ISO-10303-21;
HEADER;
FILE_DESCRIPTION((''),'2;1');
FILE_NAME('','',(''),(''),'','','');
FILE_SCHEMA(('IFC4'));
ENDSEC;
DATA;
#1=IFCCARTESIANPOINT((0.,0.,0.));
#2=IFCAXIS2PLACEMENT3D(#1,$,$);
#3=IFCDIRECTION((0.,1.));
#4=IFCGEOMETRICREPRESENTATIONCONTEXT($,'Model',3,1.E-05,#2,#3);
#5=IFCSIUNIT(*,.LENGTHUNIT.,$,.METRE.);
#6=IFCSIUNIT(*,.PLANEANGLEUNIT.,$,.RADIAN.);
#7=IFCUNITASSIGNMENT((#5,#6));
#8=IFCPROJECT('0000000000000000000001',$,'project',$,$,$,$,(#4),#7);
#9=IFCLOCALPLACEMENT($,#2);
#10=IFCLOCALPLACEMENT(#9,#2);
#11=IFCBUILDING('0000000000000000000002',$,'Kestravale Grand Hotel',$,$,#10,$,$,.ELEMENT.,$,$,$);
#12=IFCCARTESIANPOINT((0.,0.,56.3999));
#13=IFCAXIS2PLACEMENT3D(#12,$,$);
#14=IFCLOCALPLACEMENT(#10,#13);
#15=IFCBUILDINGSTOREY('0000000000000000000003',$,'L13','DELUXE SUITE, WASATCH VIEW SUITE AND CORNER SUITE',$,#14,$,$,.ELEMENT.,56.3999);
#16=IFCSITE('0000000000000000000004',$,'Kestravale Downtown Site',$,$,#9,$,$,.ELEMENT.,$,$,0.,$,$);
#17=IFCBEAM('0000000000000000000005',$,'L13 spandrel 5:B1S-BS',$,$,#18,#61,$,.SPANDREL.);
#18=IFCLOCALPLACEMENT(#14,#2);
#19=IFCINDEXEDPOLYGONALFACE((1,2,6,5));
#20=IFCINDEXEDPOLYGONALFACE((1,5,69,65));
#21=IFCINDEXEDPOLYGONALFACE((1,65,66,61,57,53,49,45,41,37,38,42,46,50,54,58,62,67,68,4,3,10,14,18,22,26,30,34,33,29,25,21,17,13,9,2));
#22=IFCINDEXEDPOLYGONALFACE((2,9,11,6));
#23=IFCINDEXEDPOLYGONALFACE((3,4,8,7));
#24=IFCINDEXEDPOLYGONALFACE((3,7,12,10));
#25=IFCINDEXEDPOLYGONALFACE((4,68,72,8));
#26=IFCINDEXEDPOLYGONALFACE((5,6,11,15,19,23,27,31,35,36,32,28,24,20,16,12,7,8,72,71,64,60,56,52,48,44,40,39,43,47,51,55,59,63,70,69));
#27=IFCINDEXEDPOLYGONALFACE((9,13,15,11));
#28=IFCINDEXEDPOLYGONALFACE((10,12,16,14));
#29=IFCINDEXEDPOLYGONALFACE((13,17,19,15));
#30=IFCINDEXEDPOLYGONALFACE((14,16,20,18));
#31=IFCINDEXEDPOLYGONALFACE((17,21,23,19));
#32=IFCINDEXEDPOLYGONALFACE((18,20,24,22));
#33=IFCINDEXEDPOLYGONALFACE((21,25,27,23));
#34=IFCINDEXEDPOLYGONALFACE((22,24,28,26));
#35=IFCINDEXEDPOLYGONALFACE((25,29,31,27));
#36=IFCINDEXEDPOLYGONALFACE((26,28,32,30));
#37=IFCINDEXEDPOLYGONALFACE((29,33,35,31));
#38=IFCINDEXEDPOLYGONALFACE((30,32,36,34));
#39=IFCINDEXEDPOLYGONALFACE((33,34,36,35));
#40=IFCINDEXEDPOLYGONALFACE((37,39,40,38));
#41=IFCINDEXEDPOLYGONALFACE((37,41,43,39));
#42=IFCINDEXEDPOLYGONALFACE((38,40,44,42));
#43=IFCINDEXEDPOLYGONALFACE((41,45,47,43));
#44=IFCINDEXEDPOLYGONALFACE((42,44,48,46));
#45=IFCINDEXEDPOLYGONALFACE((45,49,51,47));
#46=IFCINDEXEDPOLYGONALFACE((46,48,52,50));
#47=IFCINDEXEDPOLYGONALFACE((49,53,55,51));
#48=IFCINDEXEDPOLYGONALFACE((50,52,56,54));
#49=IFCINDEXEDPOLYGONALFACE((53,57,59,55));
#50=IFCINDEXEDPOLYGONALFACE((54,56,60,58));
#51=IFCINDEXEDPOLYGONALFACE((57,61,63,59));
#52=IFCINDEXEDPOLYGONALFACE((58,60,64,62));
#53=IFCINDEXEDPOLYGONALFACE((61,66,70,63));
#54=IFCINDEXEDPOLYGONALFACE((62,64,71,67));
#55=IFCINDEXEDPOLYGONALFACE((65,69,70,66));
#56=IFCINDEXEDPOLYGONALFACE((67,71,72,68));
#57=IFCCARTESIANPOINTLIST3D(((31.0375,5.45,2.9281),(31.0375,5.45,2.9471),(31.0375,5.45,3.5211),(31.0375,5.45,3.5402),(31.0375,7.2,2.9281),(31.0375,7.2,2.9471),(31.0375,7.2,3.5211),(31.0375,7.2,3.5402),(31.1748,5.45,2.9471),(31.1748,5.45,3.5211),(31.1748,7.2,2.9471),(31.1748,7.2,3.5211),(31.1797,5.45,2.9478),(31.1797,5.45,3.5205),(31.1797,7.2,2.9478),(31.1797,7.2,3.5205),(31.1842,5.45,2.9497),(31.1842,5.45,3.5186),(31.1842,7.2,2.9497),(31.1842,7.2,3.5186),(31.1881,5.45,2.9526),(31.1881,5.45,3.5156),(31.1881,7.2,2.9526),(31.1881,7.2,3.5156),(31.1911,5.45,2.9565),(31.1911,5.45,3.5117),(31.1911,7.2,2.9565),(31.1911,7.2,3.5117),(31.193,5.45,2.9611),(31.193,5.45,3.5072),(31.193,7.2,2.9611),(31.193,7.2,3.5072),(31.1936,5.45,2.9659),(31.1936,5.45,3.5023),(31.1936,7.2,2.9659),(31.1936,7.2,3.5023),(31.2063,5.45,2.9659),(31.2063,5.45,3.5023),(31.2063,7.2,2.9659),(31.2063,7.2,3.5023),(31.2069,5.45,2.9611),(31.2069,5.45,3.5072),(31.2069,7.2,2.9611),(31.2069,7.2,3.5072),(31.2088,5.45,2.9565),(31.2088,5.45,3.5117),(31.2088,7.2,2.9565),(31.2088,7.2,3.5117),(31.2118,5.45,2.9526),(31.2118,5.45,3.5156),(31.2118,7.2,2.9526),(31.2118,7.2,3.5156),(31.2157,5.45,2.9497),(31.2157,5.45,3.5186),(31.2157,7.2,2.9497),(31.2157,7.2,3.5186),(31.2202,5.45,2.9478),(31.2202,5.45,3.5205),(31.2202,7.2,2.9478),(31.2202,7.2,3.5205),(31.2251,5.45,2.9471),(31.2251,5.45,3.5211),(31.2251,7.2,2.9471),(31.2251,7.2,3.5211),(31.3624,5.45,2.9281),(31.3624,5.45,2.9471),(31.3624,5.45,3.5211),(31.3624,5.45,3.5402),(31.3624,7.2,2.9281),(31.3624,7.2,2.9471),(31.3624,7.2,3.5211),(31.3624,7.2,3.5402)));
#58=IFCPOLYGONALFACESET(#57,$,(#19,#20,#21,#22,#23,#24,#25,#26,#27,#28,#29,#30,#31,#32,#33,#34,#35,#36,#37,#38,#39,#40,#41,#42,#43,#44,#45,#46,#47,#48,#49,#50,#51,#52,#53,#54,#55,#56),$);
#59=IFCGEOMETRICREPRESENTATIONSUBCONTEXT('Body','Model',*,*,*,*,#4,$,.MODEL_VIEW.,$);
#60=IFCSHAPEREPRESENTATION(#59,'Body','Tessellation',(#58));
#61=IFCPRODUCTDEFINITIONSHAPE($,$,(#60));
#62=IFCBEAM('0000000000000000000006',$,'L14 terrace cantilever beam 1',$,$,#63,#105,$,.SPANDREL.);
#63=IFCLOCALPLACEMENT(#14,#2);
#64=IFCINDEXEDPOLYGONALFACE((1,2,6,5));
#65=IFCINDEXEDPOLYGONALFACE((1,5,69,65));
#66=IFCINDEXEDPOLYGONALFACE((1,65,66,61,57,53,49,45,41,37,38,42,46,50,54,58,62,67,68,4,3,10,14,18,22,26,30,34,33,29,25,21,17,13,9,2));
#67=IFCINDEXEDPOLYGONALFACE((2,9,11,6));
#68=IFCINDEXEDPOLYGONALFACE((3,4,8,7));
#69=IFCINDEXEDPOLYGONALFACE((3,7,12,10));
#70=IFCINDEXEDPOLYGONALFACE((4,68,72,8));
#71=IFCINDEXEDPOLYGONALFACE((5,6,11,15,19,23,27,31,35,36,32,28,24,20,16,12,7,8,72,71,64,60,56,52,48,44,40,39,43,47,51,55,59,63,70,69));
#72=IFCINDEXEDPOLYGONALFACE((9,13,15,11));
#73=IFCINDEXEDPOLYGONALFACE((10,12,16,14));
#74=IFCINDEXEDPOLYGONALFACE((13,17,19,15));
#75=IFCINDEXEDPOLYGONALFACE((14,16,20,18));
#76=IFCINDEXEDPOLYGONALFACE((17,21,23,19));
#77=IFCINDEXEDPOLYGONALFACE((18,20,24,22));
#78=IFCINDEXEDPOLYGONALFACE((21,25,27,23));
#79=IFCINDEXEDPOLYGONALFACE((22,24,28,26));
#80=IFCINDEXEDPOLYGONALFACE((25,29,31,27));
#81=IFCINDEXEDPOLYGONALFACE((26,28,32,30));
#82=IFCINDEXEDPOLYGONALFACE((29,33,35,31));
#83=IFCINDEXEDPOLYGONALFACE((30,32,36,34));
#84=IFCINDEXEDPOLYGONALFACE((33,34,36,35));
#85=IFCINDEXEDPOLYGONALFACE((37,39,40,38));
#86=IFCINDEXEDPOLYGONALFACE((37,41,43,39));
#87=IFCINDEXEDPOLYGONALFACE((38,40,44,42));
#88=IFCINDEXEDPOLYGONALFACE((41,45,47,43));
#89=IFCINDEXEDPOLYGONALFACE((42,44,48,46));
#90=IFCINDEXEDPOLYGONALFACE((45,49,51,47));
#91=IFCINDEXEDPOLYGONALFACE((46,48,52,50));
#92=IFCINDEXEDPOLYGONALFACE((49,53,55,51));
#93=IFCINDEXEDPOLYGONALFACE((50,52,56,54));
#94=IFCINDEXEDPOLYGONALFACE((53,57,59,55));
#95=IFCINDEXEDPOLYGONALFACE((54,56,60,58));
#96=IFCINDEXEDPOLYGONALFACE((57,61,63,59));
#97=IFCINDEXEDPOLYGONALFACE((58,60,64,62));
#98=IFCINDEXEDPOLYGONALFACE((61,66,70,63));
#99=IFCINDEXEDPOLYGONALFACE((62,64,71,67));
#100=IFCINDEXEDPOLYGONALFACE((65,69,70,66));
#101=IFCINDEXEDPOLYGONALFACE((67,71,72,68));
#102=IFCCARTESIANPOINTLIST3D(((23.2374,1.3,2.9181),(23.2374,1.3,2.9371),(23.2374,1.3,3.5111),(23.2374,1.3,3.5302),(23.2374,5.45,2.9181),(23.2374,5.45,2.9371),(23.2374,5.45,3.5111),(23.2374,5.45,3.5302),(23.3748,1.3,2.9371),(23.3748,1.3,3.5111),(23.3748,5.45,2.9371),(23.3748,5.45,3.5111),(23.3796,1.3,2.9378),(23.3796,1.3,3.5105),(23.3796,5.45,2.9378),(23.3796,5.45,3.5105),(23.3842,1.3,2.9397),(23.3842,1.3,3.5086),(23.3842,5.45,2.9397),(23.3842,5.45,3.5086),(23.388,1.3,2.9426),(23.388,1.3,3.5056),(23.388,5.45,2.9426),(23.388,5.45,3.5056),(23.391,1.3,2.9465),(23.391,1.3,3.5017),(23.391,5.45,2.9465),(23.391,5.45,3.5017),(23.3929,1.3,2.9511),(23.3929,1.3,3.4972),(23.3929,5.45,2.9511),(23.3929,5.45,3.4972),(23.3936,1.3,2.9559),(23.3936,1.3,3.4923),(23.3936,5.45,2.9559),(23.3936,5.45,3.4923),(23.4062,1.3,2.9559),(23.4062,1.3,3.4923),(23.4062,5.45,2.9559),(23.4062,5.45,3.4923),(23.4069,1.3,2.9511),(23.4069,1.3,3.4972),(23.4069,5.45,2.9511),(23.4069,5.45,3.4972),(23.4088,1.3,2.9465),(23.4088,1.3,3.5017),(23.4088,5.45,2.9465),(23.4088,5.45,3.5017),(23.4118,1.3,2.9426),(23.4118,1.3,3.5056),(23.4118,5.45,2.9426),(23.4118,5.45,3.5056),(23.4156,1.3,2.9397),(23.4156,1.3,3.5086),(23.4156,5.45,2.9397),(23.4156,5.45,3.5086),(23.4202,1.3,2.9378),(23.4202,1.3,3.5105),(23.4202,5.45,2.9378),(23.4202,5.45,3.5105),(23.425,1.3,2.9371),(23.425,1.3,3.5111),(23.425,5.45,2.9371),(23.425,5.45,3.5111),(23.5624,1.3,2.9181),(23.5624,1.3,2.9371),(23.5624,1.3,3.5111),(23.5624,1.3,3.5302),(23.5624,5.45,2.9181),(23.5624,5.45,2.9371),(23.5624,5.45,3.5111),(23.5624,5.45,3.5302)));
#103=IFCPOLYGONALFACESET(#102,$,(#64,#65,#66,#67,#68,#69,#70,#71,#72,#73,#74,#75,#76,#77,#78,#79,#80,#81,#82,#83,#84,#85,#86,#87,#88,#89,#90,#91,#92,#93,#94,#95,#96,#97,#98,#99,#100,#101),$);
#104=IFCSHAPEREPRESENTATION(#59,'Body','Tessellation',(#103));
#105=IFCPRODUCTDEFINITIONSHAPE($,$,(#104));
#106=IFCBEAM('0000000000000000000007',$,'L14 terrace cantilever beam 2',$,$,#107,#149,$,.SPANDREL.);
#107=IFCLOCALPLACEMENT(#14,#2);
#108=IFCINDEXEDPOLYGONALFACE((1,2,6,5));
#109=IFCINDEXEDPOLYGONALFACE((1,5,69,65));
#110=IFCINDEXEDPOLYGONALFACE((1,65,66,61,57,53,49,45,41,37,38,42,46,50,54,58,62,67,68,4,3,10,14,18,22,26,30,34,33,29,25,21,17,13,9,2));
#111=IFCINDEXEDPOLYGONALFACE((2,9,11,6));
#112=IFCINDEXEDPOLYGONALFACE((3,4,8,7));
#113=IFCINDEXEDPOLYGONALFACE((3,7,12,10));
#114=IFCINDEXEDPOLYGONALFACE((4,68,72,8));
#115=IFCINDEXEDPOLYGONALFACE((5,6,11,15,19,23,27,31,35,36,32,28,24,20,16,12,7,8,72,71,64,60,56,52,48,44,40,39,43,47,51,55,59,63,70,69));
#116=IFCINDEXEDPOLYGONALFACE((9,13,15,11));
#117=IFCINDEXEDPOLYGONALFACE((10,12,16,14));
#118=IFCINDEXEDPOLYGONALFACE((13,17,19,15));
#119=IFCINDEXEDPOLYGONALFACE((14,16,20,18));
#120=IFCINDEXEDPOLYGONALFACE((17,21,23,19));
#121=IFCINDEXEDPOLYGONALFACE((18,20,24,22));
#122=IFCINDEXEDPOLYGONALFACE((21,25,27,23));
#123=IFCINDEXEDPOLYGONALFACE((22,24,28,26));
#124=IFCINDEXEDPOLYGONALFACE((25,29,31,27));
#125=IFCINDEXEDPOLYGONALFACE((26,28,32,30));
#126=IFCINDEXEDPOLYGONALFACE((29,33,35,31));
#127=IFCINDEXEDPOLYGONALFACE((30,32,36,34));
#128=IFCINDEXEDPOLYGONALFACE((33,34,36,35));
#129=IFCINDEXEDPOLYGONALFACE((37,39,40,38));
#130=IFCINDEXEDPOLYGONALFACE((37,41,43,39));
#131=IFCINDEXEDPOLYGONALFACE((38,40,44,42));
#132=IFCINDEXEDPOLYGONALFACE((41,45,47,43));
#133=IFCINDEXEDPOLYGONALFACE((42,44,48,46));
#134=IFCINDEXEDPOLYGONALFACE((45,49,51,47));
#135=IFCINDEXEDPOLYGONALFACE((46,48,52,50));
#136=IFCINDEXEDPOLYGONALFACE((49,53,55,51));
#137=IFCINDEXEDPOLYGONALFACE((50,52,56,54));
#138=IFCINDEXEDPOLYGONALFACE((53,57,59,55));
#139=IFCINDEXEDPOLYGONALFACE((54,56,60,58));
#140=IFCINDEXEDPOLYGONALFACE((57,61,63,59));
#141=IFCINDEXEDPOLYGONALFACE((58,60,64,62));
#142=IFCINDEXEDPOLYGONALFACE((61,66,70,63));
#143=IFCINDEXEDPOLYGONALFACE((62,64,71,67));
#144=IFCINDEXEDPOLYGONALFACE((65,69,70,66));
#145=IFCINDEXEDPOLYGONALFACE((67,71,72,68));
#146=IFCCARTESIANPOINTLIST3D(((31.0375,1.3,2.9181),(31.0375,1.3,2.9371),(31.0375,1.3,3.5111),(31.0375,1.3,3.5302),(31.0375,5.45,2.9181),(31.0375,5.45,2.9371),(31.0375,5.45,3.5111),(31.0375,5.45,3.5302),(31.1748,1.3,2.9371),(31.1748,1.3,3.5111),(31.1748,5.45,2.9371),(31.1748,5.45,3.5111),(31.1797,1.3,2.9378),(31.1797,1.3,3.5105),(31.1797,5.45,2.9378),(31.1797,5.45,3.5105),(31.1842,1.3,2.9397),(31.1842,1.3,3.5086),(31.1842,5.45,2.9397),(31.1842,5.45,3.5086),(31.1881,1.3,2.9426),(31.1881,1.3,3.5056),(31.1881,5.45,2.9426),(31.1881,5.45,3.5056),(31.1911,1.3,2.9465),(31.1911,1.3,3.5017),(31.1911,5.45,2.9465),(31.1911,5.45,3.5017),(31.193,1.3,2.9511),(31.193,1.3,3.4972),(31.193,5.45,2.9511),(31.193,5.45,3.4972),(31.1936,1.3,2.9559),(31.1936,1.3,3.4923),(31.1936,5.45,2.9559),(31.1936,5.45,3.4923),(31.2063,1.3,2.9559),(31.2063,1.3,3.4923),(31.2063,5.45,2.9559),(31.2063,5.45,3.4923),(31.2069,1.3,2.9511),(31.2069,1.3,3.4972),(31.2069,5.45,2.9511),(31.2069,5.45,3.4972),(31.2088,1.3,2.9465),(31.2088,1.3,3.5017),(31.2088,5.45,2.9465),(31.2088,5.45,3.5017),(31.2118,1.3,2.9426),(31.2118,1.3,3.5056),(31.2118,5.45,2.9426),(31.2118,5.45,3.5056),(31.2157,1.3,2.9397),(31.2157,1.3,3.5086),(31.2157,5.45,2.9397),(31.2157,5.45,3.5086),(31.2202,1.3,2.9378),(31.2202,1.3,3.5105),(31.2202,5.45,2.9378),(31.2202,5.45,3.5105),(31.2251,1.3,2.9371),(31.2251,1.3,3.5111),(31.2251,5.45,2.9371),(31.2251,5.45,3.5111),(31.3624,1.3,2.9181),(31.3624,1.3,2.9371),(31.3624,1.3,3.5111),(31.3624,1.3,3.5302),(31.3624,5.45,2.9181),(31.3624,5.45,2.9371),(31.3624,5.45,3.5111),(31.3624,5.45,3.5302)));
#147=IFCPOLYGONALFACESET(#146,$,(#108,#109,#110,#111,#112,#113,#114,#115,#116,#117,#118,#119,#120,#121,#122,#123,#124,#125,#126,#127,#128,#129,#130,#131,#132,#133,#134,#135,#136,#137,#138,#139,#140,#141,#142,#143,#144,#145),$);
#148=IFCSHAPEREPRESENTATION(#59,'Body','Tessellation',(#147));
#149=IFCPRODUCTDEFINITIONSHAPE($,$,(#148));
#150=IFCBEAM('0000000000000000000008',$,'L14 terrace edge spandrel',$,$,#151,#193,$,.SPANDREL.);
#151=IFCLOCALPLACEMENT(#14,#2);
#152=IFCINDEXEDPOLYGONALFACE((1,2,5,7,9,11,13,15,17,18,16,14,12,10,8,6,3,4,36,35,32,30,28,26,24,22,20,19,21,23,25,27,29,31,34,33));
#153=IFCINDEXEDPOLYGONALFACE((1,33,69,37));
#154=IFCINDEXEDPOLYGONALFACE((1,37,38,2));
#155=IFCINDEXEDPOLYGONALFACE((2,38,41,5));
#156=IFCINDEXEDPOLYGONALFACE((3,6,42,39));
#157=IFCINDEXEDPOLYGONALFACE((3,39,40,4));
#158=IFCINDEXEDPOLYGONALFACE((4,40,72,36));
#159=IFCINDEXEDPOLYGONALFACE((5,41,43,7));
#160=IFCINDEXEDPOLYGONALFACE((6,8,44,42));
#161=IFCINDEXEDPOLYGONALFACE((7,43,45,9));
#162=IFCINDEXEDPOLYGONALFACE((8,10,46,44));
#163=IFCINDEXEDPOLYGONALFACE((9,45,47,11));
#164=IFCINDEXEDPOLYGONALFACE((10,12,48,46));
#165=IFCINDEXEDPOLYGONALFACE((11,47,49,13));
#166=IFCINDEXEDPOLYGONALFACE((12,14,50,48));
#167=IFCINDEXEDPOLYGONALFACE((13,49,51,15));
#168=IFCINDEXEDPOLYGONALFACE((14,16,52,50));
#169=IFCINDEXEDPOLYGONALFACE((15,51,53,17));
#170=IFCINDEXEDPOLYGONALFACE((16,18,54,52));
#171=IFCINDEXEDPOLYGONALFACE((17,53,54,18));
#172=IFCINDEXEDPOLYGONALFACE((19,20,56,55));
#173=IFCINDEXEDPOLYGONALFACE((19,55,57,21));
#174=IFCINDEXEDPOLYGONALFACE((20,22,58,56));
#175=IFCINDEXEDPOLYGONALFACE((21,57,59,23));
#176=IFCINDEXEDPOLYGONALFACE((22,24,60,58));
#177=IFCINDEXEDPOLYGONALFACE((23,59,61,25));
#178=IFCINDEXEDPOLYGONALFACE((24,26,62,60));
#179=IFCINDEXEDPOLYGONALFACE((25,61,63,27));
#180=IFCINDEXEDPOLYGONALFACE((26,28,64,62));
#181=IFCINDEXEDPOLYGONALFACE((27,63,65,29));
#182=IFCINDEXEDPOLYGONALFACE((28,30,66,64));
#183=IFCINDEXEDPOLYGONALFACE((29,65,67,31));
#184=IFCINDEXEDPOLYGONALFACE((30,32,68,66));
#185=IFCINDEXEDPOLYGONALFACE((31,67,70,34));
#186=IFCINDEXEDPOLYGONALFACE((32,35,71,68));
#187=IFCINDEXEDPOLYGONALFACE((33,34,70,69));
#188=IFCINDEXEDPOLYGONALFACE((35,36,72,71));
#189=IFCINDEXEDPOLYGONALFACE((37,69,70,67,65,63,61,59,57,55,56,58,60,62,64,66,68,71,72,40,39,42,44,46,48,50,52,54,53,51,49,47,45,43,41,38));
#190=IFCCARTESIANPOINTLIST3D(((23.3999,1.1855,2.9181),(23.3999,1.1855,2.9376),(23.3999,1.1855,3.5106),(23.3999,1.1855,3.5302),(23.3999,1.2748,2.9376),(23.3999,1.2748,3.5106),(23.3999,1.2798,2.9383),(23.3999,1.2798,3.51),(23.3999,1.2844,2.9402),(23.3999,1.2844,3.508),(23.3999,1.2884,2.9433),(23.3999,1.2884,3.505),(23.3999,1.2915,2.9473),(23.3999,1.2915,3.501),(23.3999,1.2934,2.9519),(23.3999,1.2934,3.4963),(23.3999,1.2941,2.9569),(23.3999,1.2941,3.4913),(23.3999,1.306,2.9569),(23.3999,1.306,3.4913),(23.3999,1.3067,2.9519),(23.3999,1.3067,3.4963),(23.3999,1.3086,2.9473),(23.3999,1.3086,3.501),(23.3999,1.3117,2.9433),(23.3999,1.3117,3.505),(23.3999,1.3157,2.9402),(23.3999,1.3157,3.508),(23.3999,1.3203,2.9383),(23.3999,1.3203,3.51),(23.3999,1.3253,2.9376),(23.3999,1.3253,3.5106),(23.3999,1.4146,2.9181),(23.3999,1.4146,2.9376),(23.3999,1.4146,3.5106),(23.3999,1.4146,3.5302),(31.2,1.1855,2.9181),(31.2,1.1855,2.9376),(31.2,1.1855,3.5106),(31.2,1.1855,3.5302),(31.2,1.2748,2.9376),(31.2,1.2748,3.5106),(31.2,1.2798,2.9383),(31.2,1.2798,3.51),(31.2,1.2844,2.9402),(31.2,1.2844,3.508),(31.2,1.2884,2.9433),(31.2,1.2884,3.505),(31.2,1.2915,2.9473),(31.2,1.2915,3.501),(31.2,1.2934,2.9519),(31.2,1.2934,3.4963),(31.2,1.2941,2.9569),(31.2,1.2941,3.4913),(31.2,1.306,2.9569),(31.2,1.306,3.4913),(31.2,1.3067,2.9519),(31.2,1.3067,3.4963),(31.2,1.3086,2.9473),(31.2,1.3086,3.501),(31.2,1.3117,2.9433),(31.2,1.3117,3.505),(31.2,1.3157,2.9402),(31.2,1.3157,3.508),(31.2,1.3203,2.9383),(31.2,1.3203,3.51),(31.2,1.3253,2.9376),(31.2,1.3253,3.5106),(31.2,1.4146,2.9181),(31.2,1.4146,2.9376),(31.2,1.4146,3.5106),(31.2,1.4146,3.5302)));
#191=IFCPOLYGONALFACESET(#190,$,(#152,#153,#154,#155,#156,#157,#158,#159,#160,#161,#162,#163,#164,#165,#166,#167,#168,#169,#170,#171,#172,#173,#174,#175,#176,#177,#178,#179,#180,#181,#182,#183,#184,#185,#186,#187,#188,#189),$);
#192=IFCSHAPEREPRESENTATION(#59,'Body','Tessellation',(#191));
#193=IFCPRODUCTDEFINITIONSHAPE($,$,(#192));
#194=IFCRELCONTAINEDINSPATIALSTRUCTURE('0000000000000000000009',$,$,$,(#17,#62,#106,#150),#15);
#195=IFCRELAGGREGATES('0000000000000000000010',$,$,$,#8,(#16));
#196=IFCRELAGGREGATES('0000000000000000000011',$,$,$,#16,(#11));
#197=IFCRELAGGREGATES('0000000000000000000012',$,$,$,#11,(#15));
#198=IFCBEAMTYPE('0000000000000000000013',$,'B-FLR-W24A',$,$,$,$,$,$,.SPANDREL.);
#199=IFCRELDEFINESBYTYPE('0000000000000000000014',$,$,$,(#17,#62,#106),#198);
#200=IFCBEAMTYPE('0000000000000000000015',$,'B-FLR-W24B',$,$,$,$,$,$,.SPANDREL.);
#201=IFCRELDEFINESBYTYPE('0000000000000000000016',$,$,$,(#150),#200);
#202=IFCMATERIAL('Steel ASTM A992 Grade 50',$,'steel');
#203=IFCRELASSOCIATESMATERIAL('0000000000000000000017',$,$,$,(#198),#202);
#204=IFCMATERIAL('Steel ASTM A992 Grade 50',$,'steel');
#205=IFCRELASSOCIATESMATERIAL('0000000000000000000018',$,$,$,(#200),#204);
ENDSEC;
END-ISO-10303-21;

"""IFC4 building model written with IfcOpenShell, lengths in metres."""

from ifc_helpers import new_model, si_unit, direction, frame, origin, origin_2d, place, context, subcontext, project, spatial, i_section, extrude, material, material_profile, profile_set, type_object, element, save


model = new_model("IFC4")

# Units and contexts
model_context = context("Model", 3, precision=1e-05, world=origin(), true_north=direction((0.0, 1.0)))
body_context = subcontext(model_context, "Body", "Model", "MODEL_VIEW")
ifc_project = project(units=[si_unit("LENGTHUNIT", "METRE"), si_unit("PLANEANGLEUNIT", "RADIAN")], contexts=[model_context])

# Site, building, storey
site_placement = place(None, origin())
site = spatial("IfcSite", under=ifc_project, at=site_placement, Name="Kestravale Downtown Site", CompositionType="ELEMENT", RefElevation=0.0)
building_placement = place(site_placement, origin())
building = spatial("IfcBuilding", under=site, at=building_placement, Name="Kestravale Grand Hotel", CompositionType="ELEMENT")
storey_placement = place(building_placement, frame((0.0, 0.0, 56.3999)))
storey = spatial("IfcBuildingStorey", under=building, at=storey_placement, Name="L13", Description="DELUXE SUITE, WASATCH VIEW SUITE AND CORNER SUITE", CompositionType="ELEMENT", Elevation=56.3999)

# Beams
ifc_material_1 = material(Name="Steel ASTM A992 Grade 50", Category="steel")
ifc_material_profile_1 = material_profile(ifc_material_1, i_section(OverallWidth=0.325, OverallDepth=0.6121, WebThickness=0.0127, FlangeThickness=0.019, FilletRadius=0.0188, at=origin_2d()))
ifc_profile_set_1 = profile_set([ifc_material_profile_1], Name="Steel ASTM A992 Grade 50")
beam_type_1 = type_object("IfcBeamType", Name="B-FLR-W24A", PredefinedType="SPANDREL", material=ifc_profile_set_1)
for number, where, z_axis, x_axis, name in (
    (1, (31.2, 5.45, 3.2341), (0.0, 1.0, 0.0), (-1.0, 0.0, 0.0), "L13 spandrel 5:B1S-BS"),
):
    element("IfcBeam", number, at=place(storey_placement, frame(where, z_axis=z_axis, x_axis=x_axis)), inside=storey, type_object=beam_type_1, Name=name, PredefinedType="SPANDREL", context=body_context, shape_type="SweptSolid", body=[
        extrude(i_section(OverallWidth=0.325, OverallDepth=0.6121, WebThickness=0.0127, FlangeThickness=0.019, FilletRadius=0.0188, at=origin_2d()), origin(), (0.0, 0.0, 1.0), 1.75),
    ])
for number, where, z_axis, x_axis, name in (
    (2, (23.3999, 5.45, 3.2241), (0.0, -1.0, 0.0), (1.0, 0.0, 0.0), "L14 terrace cantilever beam 1"),
    (3, (31.2, 5.45, 3.2241), (0.0, -1.0, 0.0), (1.0, 0.0, 0.0), "L14 terrace cantilever beam 2"),
):
    element("IfcBeam", number, at=place(storey_placement, frame(where, z_axis=z_axis, x_axis=x_axis)), inside=storey, type_object=beam_type_1, Name=name, PredefinedType="SPANDREL", context=body_context, shape_type="SweptSolid", body=[
        extrude(i_section(OverallWidth=0.325, OverallDepth=0.6121, WebThickness=0.0127, FlangeThickness=0.019, FilletRadius=0.0188, at=origin_2d()), origin(), (0.0, 0.0, 1.0), 4.1499),
    ])
ifc_material_2 = material(Name="Steel ASTM A992 Grade 50", Category="steel")
ifc_material_profile_2 = material_profile(ifc_material_2, i_section(OverallWidth=0.229, OverallDepth=0.6121, WebThickness=0.012, FlangeThickness=0.0195, FilletRadius=0.0193, at=origin_2d()))
ifc_profile_set_2 = profile_set([ifc_material_profile_2], Name="Steel ASTM A992 Grade 50")
beam_type_2 = type_object("IfcBeamType", Name="B-FLR-W24B", PredefinedType="SPANDREL", material=ifc_profile_set_2)
beam_1_placement = place(storey_placement, frame((23.3999, 1.3, 3.2241), z_axis=(1.0, 0.0, 0.0), x_axis=(0.0, 1.0, 0.0)))
element("IfcBeam", 4, at=beam_1_placement, inside=storey, type_object=beam_type_2, Name="L14 terrace edge spandrel", PredefinedType="SPANDREL", context=body_context, shape_type="SweptSolid", body=[
    extrude(i_section(OverallWidth=0.229, OverallDepth=0.6121, WebThickness=0.012, FlangeThickness=0.0195, FilletRadius=0.0193, at=origin_2d()), origin(), (0.0, 0.0, 1.0), 7.8),
])

save(model, "model.ifc")
